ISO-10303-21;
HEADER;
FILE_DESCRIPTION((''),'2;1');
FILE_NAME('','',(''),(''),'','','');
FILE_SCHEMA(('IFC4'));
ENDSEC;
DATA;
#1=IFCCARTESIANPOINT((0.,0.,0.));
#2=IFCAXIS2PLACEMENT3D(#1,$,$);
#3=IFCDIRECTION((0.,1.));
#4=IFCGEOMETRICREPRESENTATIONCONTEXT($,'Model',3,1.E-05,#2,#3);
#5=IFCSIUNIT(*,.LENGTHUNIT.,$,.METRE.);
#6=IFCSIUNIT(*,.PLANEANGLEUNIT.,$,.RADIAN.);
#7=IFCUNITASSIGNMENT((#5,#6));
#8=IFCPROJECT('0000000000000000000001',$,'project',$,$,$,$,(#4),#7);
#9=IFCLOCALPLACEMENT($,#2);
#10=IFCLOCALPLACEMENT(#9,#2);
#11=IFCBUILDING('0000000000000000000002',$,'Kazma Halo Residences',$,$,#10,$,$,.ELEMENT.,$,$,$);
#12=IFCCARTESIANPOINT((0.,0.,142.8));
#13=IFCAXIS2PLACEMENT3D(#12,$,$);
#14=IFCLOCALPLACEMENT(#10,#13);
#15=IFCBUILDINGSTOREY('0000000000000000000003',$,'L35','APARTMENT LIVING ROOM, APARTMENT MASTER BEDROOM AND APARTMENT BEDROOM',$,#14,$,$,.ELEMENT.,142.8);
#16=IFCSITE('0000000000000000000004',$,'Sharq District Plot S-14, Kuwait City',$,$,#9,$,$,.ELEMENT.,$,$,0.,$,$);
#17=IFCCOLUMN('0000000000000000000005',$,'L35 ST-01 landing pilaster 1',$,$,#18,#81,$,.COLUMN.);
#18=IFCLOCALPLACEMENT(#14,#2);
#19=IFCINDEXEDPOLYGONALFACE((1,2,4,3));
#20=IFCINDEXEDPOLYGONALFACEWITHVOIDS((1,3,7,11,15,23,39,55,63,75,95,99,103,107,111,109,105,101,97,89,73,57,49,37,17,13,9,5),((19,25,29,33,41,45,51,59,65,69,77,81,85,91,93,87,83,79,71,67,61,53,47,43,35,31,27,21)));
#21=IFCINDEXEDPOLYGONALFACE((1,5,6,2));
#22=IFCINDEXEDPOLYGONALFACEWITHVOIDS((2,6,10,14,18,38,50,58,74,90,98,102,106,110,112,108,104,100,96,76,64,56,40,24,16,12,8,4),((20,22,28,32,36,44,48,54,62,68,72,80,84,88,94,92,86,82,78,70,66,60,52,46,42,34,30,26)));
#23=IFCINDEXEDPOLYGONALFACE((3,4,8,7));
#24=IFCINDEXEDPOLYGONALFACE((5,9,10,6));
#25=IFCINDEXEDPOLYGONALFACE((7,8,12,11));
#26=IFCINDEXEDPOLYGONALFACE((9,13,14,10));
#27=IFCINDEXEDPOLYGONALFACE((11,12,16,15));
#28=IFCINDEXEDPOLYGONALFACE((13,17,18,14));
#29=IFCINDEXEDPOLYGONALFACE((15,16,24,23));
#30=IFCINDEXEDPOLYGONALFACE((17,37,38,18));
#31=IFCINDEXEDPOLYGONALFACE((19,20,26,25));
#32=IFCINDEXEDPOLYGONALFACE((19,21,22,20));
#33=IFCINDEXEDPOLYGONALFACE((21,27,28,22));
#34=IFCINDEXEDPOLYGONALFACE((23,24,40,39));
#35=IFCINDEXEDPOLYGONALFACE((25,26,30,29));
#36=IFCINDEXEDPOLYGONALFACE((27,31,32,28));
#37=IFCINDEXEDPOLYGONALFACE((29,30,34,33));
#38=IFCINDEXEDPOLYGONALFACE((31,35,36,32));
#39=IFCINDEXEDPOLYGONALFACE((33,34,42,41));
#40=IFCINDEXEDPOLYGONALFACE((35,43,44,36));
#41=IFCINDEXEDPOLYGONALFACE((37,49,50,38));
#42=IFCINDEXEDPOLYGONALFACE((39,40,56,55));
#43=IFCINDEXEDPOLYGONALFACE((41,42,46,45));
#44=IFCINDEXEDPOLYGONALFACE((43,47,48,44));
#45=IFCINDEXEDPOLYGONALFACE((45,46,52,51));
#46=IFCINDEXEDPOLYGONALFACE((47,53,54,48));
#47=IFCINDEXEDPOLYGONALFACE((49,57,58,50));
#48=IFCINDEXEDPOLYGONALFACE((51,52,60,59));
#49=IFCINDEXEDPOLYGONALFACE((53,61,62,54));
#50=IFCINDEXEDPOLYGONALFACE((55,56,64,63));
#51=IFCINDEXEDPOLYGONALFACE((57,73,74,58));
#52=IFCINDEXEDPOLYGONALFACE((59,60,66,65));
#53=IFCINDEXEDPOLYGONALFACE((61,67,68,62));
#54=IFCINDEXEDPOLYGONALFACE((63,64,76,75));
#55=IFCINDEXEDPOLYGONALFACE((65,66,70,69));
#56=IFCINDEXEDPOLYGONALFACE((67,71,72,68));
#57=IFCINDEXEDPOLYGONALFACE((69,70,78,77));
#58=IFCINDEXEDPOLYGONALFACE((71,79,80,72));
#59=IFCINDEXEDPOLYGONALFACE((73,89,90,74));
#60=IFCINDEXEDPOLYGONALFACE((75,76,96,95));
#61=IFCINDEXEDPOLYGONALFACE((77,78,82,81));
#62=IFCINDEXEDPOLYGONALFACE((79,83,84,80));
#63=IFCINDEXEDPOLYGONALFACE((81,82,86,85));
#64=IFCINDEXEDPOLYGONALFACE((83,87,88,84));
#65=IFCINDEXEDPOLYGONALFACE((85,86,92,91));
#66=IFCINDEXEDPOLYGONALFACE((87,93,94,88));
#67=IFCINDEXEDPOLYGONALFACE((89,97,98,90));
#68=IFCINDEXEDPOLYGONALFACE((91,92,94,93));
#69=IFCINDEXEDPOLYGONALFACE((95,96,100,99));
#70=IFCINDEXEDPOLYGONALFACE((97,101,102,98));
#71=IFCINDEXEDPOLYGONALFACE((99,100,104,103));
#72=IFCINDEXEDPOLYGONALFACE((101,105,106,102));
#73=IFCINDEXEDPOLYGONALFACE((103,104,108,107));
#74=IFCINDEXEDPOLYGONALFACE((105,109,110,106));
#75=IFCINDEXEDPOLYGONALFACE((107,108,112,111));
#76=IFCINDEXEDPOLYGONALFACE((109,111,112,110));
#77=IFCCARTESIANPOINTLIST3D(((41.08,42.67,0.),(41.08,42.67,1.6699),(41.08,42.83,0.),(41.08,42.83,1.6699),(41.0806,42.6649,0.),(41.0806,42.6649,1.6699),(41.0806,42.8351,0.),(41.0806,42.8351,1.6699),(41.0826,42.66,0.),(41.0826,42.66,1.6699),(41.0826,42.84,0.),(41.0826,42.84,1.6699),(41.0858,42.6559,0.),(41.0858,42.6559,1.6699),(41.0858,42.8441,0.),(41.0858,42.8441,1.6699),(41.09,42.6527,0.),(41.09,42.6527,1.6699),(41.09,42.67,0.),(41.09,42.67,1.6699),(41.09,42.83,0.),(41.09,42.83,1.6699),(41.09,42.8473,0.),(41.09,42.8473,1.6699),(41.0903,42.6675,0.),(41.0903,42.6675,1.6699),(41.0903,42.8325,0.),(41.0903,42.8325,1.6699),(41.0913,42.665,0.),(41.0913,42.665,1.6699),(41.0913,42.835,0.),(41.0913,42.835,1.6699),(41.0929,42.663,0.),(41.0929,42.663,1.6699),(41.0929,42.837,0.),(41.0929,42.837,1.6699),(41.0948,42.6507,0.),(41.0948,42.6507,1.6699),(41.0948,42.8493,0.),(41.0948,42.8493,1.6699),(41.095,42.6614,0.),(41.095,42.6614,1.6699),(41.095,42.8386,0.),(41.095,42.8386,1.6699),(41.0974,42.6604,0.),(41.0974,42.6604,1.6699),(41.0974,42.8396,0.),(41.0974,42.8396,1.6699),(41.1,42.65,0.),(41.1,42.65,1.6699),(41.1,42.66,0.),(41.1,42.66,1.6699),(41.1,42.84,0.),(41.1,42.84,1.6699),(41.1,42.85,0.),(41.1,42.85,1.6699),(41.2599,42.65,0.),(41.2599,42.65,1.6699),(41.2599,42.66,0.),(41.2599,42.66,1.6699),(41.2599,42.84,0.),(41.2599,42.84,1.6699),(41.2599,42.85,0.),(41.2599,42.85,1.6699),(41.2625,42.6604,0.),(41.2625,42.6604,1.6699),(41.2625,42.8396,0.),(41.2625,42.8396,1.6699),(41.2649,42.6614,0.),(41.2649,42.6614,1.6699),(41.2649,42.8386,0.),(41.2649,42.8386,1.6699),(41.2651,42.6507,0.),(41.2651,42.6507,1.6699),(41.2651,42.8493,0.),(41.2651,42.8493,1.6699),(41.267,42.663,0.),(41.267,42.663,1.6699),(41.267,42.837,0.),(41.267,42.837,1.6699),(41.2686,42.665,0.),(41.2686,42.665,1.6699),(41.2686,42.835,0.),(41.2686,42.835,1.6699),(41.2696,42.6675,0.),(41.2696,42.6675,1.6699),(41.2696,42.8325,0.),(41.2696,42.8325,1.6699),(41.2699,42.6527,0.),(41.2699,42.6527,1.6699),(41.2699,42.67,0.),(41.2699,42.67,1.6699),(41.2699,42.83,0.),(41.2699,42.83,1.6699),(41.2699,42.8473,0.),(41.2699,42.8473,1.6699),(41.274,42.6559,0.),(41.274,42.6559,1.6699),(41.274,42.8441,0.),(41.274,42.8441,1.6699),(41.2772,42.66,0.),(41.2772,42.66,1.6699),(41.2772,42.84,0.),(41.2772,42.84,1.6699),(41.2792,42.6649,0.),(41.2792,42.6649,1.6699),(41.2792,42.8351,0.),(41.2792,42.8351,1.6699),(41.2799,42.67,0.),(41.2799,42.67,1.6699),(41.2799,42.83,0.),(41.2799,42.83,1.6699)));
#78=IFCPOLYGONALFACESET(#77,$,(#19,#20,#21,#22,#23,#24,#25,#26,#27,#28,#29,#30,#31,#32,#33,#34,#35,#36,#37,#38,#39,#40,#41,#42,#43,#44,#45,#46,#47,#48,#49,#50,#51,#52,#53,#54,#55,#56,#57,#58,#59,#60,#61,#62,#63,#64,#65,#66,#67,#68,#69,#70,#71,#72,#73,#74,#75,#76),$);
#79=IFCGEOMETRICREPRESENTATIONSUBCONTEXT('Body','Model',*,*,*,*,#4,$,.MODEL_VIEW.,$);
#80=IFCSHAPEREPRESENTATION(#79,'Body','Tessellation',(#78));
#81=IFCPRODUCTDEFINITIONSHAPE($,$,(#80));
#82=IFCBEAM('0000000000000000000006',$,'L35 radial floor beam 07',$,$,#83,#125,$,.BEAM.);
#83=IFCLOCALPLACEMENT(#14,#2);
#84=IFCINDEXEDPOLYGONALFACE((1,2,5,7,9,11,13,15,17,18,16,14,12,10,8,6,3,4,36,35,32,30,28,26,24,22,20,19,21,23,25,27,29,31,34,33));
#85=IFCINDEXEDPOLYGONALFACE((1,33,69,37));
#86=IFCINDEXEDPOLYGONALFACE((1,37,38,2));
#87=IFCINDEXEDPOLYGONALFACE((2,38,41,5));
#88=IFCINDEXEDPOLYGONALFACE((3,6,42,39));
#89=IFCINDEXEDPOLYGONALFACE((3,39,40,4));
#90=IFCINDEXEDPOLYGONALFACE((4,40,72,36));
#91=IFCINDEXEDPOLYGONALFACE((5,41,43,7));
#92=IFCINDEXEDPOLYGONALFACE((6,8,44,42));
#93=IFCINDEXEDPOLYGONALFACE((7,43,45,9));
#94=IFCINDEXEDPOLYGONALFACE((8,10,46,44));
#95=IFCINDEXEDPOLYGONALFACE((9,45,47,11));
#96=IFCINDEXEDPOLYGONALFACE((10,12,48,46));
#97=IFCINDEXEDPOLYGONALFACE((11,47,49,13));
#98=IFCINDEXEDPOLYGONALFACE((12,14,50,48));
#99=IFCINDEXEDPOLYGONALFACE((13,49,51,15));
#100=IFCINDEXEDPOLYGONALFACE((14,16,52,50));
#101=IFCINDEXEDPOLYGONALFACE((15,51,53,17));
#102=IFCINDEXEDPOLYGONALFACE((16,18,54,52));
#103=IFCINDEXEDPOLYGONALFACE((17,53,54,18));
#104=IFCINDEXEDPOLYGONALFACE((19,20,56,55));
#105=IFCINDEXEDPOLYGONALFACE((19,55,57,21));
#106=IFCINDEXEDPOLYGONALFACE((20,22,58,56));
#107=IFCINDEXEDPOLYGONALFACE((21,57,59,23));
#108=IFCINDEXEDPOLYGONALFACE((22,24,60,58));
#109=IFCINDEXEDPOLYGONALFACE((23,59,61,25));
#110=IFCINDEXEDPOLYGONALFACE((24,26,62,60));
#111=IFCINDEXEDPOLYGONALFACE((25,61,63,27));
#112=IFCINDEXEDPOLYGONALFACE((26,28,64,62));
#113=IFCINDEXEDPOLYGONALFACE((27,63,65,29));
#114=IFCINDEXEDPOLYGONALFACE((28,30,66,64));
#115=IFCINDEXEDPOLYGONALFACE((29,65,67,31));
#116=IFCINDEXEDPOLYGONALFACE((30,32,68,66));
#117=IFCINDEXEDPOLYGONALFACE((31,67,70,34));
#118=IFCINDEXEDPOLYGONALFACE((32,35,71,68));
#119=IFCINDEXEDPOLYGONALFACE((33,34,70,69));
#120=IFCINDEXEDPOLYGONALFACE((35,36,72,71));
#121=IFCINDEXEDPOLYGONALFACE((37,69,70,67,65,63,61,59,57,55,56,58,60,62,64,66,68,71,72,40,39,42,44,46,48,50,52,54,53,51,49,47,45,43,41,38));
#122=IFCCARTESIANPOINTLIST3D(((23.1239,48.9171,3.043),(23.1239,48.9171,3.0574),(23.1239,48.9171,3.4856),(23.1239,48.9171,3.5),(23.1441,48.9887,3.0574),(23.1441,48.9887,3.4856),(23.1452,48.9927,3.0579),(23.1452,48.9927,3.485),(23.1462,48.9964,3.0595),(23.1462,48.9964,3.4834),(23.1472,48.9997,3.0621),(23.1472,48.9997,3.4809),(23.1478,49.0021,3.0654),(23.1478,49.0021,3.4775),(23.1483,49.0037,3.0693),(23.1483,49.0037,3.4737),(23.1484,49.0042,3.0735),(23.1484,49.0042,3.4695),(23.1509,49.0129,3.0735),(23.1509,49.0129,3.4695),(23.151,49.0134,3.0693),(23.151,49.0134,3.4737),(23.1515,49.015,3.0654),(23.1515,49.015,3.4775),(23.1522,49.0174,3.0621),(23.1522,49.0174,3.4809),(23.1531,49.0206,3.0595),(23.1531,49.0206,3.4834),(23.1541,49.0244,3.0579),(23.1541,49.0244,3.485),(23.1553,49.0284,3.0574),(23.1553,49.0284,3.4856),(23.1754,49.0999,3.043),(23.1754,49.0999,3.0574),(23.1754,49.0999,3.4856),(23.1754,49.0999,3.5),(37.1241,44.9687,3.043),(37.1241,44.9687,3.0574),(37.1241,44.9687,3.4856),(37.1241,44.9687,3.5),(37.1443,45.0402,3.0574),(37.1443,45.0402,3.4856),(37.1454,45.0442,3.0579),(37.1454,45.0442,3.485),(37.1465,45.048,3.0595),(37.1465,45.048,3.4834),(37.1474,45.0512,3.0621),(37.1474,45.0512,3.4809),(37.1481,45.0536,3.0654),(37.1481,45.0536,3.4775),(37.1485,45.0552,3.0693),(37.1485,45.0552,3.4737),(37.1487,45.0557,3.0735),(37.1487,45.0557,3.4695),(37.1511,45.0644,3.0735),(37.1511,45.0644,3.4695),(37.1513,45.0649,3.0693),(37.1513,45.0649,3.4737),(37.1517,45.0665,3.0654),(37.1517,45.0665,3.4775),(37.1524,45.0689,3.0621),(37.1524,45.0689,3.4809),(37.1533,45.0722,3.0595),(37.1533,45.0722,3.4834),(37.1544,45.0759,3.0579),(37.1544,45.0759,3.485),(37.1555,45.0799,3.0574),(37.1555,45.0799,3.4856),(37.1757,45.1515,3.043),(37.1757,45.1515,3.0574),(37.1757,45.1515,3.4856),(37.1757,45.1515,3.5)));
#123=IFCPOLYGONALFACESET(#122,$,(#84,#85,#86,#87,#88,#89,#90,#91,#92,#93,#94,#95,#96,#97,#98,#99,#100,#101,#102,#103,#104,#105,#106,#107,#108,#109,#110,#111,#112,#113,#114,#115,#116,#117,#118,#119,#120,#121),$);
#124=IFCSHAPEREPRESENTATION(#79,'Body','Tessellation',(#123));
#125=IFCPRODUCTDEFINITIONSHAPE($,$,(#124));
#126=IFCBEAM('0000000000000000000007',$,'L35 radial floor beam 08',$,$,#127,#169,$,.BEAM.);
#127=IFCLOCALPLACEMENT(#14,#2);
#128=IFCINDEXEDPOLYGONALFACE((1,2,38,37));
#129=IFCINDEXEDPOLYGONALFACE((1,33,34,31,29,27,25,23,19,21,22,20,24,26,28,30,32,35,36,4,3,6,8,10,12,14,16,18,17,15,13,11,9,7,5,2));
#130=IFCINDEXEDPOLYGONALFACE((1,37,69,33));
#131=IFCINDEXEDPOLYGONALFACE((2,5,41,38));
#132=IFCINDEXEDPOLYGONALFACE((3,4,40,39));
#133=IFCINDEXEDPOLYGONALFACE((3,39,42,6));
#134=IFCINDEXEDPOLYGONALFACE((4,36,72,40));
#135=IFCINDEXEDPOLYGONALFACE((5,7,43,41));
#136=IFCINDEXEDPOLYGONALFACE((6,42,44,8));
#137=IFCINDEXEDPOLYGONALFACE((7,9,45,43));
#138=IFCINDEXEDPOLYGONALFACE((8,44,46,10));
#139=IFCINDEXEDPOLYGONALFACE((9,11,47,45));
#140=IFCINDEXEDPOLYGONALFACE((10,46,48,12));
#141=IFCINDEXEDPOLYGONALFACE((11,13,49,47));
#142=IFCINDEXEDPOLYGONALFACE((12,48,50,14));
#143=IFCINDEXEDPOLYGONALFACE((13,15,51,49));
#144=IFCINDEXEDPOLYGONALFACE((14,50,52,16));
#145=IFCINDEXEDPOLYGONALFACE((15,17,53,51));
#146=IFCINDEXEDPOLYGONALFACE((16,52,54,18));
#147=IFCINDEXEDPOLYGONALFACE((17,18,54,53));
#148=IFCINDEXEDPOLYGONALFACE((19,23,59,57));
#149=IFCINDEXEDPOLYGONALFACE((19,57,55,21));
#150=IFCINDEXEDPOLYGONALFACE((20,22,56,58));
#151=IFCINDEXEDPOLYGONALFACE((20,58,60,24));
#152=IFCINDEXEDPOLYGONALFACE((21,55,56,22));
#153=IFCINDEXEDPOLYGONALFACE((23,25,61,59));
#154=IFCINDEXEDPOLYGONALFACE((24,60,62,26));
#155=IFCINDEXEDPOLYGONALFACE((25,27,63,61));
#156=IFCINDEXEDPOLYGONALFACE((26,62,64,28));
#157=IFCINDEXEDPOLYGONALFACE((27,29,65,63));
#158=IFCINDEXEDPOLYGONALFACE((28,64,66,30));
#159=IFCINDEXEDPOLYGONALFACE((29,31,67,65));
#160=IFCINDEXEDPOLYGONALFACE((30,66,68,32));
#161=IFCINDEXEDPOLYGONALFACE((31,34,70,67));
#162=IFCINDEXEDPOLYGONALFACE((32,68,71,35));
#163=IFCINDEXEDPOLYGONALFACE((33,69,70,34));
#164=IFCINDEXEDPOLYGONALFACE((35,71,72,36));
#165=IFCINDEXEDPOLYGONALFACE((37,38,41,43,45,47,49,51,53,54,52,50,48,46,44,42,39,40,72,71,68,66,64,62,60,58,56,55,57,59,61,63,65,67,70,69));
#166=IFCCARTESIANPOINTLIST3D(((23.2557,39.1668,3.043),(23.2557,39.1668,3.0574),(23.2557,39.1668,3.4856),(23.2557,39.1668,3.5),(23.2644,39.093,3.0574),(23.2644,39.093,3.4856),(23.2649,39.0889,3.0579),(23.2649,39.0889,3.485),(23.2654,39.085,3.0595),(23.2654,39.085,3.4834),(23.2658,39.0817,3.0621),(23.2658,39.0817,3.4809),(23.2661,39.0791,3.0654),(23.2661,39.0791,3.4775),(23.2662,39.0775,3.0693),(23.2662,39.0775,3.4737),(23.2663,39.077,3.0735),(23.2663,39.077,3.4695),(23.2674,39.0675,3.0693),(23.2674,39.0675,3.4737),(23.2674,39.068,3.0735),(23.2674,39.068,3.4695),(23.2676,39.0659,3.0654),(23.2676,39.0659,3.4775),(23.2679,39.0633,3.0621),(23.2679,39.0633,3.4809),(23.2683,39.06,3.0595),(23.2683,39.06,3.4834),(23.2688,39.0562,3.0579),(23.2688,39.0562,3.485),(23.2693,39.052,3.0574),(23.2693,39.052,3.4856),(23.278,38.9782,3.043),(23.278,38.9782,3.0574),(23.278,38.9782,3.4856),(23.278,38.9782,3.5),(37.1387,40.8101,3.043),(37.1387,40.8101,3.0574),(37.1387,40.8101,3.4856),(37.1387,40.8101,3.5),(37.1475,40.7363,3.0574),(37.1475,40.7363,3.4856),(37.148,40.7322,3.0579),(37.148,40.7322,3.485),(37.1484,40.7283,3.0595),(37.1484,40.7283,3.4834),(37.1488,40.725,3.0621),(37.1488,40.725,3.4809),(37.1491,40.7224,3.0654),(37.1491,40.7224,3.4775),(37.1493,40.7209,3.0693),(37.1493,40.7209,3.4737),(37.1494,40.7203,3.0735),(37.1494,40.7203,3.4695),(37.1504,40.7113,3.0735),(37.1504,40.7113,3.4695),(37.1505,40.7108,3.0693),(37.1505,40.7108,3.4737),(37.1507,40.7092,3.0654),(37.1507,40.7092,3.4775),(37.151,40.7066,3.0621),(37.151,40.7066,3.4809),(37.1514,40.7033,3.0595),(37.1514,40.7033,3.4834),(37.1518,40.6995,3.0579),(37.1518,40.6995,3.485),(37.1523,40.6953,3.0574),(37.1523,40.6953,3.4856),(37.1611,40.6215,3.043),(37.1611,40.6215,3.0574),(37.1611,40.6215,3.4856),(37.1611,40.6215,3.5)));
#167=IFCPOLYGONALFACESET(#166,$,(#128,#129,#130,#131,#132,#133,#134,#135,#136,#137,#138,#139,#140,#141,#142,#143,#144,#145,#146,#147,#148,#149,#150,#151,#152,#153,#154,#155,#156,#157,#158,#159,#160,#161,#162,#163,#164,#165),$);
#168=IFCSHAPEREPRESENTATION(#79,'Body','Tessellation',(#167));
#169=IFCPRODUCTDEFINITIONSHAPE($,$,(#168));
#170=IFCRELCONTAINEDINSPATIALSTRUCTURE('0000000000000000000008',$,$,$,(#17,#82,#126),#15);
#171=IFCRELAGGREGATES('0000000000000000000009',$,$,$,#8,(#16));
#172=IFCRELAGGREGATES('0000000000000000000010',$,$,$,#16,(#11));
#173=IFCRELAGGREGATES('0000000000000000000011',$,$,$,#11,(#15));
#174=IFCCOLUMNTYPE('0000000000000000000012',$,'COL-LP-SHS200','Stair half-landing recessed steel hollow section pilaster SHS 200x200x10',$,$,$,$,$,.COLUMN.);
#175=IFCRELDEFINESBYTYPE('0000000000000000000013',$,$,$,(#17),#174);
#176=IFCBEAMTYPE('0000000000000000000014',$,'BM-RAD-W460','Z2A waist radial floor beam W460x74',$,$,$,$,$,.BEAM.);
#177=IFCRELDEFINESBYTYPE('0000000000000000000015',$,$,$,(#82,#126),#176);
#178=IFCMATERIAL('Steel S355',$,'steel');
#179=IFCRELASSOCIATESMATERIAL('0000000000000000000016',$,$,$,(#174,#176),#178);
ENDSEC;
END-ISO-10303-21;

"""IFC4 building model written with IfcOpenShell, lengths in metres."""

from ifc_helpers import new_model, si_unit, direction, frame, origin, origin_2d, place, context, subcontext, project, spatial, hollow_rectangle, i_section, extrude, material, material_profile, profile_set, type_object, element, save


model = new_model("IFC4")

# Units and contexts
model_context = context("Model", 3, precision=1e-05, world=origin(), true_north=direction((0.0, 1.0)))
body_context = subcontext(model_context, "Body", "Model", "MODEL_VIEW")
ifc_project = project(units=[si_unit("LENGTHUNIT", "METRE"), si_unit("PLANEANGLEUNIT", "RADIAN")], contexts=[model_context])

# Site, building, storey
site_placement = place(None, origin())
site = spatial("IfcSite", under=ifc_project, at=site_placement, Name="Sharq District Plot S-14, Kuwait City", CompositionType="ELEMENT", RefElevation=0.0)
building_placement = place(site_placement, origin())
building = spatial("IfcBuilding", under=site, at=building_placement, Name="Kazma Halo Residences", CompositionType="ELEMENT")
storey_placement = place(building_placement, frame((0.0, 0.0, 142.8)))
storey = spatial("IfcBuildingStorey", under=building, at=storey_placement, Name="L35", Description="APARTMENT LIVING ROOM, APARTMENT MASTER BEDROOM AND APARTMENT BEDROOM", CompositionType="ELEMENT", Elevation=142.8)

# Column
ifc_material_1 = material(Name="Steel S355", Category="steel")
ifc_material_profile_1 = material_profile(ifc_material_1, hollow_rectangle(XDim=0.2, YDim=0.2, WallThickness=0.01, InnerFilletRadius=0.01, OuterFilletRadius=0.02, at=origin_2d()), Name="SHS200x200x10")
ifc_profile_set_1 = profile_set([ifc_material_profile_1], Name="Steel S355")
column_type = type_object("IfcColumnType", Name="COL-LP-SHS200", Description="Stair half-landing recessed steel hollow section pilaster SHS 200x200x10", PredefinedType="COLUMN", material=ifc_profile_set_1)
column_placement = place(storey_placement, frame((41.1799, 42.75, 0.0), z_axis=(0.0, 0.0, 1.0), x_axis=(1.0, 0.0, 0.0)))
element("IfcColumn", 1, at=column_placement, inside=storey, type_object=column_type, Name="L35 ST-01 landing pilaster 1", PredefinedType="COLUMN", context=body_context, shape_type="SweptSolid", body=[
    extrude(hollow_rectangle(XDim=0.2, YDim=0.2, WallThickness=0.01, InnerFilletRadius=0.01, OuterFilletRadius=0.02, at=origin_2d()), origin(), (0.0, 0.0, 1.0), 1.6699),
])

# Beams
ifc_material_profile_2 = material_profile(ifc_material_1, i_section(OverallWidth=0.1899, OverallDepth=0.457, WebThickness=0.009, FlangeThickness=0.0144, FilletRadius=0.0161, at=origin_2d()), Name="W460x74")
ifc_profile_set_2 = profile_set([ifc_material_profile_2], Name="Steel S355")
beam_type_1 = type_object("IfcBeamType", Name="BM-RAD-W460", Description="Z2A waist radial floor beam W460x74", PredefinedType="BEAM", material=ifc_profile_set_2)
beam_1_placement = place(storey_placement, frame((37.1499, 45.0601, 3.2715), z_axis=(-0.962455, 0.271441, 0.0), x_axis=(-0.271441, -0.962455, 0.0)))
element("IfcBeam", 2, at=beam_1_placement, inside=storey, type_object=beam_type_1, Name="L35 radial floor beam 07", PredefinedType="BEAM", context=body_context, shape_type="SweptSolid", body=[
    extrude(i_section(OverallWidth=0.1899, OverallDepth=0.457, WebThickness=0.009, FlangeThickness=0.0144, FilletRadius=0.0161, at=origin_2d()), origin(), (0.0, 0.0, 1.0), 14.5464),
])
beam_2_placement = place(storey_placement, frame((37.1499, 40.7158, 3.2715), z_axis=(-0.993067, -0.117547, 0.0), x_axis=(0.117547, -0.993067, 0.0)))
element("IfcBeam", 3, at=beam_2_placement, inside=storey, type_object=beam_type_1, Name="L35 radial floor beam 08", PredefinedType="BEAM", context=body_context, shape_type="SweptSolid", body=[
    extrude(i_section(OverallWidth=0.1899, OverallDepth=0.457, WebThickness=0.009, FlangeThickness=0.0144, FilletRadius=0.0161, at=origin_2d()), origin(), (0.0, 0.0, 1.0), 13.98),
])

save(model, "model.ifc")
